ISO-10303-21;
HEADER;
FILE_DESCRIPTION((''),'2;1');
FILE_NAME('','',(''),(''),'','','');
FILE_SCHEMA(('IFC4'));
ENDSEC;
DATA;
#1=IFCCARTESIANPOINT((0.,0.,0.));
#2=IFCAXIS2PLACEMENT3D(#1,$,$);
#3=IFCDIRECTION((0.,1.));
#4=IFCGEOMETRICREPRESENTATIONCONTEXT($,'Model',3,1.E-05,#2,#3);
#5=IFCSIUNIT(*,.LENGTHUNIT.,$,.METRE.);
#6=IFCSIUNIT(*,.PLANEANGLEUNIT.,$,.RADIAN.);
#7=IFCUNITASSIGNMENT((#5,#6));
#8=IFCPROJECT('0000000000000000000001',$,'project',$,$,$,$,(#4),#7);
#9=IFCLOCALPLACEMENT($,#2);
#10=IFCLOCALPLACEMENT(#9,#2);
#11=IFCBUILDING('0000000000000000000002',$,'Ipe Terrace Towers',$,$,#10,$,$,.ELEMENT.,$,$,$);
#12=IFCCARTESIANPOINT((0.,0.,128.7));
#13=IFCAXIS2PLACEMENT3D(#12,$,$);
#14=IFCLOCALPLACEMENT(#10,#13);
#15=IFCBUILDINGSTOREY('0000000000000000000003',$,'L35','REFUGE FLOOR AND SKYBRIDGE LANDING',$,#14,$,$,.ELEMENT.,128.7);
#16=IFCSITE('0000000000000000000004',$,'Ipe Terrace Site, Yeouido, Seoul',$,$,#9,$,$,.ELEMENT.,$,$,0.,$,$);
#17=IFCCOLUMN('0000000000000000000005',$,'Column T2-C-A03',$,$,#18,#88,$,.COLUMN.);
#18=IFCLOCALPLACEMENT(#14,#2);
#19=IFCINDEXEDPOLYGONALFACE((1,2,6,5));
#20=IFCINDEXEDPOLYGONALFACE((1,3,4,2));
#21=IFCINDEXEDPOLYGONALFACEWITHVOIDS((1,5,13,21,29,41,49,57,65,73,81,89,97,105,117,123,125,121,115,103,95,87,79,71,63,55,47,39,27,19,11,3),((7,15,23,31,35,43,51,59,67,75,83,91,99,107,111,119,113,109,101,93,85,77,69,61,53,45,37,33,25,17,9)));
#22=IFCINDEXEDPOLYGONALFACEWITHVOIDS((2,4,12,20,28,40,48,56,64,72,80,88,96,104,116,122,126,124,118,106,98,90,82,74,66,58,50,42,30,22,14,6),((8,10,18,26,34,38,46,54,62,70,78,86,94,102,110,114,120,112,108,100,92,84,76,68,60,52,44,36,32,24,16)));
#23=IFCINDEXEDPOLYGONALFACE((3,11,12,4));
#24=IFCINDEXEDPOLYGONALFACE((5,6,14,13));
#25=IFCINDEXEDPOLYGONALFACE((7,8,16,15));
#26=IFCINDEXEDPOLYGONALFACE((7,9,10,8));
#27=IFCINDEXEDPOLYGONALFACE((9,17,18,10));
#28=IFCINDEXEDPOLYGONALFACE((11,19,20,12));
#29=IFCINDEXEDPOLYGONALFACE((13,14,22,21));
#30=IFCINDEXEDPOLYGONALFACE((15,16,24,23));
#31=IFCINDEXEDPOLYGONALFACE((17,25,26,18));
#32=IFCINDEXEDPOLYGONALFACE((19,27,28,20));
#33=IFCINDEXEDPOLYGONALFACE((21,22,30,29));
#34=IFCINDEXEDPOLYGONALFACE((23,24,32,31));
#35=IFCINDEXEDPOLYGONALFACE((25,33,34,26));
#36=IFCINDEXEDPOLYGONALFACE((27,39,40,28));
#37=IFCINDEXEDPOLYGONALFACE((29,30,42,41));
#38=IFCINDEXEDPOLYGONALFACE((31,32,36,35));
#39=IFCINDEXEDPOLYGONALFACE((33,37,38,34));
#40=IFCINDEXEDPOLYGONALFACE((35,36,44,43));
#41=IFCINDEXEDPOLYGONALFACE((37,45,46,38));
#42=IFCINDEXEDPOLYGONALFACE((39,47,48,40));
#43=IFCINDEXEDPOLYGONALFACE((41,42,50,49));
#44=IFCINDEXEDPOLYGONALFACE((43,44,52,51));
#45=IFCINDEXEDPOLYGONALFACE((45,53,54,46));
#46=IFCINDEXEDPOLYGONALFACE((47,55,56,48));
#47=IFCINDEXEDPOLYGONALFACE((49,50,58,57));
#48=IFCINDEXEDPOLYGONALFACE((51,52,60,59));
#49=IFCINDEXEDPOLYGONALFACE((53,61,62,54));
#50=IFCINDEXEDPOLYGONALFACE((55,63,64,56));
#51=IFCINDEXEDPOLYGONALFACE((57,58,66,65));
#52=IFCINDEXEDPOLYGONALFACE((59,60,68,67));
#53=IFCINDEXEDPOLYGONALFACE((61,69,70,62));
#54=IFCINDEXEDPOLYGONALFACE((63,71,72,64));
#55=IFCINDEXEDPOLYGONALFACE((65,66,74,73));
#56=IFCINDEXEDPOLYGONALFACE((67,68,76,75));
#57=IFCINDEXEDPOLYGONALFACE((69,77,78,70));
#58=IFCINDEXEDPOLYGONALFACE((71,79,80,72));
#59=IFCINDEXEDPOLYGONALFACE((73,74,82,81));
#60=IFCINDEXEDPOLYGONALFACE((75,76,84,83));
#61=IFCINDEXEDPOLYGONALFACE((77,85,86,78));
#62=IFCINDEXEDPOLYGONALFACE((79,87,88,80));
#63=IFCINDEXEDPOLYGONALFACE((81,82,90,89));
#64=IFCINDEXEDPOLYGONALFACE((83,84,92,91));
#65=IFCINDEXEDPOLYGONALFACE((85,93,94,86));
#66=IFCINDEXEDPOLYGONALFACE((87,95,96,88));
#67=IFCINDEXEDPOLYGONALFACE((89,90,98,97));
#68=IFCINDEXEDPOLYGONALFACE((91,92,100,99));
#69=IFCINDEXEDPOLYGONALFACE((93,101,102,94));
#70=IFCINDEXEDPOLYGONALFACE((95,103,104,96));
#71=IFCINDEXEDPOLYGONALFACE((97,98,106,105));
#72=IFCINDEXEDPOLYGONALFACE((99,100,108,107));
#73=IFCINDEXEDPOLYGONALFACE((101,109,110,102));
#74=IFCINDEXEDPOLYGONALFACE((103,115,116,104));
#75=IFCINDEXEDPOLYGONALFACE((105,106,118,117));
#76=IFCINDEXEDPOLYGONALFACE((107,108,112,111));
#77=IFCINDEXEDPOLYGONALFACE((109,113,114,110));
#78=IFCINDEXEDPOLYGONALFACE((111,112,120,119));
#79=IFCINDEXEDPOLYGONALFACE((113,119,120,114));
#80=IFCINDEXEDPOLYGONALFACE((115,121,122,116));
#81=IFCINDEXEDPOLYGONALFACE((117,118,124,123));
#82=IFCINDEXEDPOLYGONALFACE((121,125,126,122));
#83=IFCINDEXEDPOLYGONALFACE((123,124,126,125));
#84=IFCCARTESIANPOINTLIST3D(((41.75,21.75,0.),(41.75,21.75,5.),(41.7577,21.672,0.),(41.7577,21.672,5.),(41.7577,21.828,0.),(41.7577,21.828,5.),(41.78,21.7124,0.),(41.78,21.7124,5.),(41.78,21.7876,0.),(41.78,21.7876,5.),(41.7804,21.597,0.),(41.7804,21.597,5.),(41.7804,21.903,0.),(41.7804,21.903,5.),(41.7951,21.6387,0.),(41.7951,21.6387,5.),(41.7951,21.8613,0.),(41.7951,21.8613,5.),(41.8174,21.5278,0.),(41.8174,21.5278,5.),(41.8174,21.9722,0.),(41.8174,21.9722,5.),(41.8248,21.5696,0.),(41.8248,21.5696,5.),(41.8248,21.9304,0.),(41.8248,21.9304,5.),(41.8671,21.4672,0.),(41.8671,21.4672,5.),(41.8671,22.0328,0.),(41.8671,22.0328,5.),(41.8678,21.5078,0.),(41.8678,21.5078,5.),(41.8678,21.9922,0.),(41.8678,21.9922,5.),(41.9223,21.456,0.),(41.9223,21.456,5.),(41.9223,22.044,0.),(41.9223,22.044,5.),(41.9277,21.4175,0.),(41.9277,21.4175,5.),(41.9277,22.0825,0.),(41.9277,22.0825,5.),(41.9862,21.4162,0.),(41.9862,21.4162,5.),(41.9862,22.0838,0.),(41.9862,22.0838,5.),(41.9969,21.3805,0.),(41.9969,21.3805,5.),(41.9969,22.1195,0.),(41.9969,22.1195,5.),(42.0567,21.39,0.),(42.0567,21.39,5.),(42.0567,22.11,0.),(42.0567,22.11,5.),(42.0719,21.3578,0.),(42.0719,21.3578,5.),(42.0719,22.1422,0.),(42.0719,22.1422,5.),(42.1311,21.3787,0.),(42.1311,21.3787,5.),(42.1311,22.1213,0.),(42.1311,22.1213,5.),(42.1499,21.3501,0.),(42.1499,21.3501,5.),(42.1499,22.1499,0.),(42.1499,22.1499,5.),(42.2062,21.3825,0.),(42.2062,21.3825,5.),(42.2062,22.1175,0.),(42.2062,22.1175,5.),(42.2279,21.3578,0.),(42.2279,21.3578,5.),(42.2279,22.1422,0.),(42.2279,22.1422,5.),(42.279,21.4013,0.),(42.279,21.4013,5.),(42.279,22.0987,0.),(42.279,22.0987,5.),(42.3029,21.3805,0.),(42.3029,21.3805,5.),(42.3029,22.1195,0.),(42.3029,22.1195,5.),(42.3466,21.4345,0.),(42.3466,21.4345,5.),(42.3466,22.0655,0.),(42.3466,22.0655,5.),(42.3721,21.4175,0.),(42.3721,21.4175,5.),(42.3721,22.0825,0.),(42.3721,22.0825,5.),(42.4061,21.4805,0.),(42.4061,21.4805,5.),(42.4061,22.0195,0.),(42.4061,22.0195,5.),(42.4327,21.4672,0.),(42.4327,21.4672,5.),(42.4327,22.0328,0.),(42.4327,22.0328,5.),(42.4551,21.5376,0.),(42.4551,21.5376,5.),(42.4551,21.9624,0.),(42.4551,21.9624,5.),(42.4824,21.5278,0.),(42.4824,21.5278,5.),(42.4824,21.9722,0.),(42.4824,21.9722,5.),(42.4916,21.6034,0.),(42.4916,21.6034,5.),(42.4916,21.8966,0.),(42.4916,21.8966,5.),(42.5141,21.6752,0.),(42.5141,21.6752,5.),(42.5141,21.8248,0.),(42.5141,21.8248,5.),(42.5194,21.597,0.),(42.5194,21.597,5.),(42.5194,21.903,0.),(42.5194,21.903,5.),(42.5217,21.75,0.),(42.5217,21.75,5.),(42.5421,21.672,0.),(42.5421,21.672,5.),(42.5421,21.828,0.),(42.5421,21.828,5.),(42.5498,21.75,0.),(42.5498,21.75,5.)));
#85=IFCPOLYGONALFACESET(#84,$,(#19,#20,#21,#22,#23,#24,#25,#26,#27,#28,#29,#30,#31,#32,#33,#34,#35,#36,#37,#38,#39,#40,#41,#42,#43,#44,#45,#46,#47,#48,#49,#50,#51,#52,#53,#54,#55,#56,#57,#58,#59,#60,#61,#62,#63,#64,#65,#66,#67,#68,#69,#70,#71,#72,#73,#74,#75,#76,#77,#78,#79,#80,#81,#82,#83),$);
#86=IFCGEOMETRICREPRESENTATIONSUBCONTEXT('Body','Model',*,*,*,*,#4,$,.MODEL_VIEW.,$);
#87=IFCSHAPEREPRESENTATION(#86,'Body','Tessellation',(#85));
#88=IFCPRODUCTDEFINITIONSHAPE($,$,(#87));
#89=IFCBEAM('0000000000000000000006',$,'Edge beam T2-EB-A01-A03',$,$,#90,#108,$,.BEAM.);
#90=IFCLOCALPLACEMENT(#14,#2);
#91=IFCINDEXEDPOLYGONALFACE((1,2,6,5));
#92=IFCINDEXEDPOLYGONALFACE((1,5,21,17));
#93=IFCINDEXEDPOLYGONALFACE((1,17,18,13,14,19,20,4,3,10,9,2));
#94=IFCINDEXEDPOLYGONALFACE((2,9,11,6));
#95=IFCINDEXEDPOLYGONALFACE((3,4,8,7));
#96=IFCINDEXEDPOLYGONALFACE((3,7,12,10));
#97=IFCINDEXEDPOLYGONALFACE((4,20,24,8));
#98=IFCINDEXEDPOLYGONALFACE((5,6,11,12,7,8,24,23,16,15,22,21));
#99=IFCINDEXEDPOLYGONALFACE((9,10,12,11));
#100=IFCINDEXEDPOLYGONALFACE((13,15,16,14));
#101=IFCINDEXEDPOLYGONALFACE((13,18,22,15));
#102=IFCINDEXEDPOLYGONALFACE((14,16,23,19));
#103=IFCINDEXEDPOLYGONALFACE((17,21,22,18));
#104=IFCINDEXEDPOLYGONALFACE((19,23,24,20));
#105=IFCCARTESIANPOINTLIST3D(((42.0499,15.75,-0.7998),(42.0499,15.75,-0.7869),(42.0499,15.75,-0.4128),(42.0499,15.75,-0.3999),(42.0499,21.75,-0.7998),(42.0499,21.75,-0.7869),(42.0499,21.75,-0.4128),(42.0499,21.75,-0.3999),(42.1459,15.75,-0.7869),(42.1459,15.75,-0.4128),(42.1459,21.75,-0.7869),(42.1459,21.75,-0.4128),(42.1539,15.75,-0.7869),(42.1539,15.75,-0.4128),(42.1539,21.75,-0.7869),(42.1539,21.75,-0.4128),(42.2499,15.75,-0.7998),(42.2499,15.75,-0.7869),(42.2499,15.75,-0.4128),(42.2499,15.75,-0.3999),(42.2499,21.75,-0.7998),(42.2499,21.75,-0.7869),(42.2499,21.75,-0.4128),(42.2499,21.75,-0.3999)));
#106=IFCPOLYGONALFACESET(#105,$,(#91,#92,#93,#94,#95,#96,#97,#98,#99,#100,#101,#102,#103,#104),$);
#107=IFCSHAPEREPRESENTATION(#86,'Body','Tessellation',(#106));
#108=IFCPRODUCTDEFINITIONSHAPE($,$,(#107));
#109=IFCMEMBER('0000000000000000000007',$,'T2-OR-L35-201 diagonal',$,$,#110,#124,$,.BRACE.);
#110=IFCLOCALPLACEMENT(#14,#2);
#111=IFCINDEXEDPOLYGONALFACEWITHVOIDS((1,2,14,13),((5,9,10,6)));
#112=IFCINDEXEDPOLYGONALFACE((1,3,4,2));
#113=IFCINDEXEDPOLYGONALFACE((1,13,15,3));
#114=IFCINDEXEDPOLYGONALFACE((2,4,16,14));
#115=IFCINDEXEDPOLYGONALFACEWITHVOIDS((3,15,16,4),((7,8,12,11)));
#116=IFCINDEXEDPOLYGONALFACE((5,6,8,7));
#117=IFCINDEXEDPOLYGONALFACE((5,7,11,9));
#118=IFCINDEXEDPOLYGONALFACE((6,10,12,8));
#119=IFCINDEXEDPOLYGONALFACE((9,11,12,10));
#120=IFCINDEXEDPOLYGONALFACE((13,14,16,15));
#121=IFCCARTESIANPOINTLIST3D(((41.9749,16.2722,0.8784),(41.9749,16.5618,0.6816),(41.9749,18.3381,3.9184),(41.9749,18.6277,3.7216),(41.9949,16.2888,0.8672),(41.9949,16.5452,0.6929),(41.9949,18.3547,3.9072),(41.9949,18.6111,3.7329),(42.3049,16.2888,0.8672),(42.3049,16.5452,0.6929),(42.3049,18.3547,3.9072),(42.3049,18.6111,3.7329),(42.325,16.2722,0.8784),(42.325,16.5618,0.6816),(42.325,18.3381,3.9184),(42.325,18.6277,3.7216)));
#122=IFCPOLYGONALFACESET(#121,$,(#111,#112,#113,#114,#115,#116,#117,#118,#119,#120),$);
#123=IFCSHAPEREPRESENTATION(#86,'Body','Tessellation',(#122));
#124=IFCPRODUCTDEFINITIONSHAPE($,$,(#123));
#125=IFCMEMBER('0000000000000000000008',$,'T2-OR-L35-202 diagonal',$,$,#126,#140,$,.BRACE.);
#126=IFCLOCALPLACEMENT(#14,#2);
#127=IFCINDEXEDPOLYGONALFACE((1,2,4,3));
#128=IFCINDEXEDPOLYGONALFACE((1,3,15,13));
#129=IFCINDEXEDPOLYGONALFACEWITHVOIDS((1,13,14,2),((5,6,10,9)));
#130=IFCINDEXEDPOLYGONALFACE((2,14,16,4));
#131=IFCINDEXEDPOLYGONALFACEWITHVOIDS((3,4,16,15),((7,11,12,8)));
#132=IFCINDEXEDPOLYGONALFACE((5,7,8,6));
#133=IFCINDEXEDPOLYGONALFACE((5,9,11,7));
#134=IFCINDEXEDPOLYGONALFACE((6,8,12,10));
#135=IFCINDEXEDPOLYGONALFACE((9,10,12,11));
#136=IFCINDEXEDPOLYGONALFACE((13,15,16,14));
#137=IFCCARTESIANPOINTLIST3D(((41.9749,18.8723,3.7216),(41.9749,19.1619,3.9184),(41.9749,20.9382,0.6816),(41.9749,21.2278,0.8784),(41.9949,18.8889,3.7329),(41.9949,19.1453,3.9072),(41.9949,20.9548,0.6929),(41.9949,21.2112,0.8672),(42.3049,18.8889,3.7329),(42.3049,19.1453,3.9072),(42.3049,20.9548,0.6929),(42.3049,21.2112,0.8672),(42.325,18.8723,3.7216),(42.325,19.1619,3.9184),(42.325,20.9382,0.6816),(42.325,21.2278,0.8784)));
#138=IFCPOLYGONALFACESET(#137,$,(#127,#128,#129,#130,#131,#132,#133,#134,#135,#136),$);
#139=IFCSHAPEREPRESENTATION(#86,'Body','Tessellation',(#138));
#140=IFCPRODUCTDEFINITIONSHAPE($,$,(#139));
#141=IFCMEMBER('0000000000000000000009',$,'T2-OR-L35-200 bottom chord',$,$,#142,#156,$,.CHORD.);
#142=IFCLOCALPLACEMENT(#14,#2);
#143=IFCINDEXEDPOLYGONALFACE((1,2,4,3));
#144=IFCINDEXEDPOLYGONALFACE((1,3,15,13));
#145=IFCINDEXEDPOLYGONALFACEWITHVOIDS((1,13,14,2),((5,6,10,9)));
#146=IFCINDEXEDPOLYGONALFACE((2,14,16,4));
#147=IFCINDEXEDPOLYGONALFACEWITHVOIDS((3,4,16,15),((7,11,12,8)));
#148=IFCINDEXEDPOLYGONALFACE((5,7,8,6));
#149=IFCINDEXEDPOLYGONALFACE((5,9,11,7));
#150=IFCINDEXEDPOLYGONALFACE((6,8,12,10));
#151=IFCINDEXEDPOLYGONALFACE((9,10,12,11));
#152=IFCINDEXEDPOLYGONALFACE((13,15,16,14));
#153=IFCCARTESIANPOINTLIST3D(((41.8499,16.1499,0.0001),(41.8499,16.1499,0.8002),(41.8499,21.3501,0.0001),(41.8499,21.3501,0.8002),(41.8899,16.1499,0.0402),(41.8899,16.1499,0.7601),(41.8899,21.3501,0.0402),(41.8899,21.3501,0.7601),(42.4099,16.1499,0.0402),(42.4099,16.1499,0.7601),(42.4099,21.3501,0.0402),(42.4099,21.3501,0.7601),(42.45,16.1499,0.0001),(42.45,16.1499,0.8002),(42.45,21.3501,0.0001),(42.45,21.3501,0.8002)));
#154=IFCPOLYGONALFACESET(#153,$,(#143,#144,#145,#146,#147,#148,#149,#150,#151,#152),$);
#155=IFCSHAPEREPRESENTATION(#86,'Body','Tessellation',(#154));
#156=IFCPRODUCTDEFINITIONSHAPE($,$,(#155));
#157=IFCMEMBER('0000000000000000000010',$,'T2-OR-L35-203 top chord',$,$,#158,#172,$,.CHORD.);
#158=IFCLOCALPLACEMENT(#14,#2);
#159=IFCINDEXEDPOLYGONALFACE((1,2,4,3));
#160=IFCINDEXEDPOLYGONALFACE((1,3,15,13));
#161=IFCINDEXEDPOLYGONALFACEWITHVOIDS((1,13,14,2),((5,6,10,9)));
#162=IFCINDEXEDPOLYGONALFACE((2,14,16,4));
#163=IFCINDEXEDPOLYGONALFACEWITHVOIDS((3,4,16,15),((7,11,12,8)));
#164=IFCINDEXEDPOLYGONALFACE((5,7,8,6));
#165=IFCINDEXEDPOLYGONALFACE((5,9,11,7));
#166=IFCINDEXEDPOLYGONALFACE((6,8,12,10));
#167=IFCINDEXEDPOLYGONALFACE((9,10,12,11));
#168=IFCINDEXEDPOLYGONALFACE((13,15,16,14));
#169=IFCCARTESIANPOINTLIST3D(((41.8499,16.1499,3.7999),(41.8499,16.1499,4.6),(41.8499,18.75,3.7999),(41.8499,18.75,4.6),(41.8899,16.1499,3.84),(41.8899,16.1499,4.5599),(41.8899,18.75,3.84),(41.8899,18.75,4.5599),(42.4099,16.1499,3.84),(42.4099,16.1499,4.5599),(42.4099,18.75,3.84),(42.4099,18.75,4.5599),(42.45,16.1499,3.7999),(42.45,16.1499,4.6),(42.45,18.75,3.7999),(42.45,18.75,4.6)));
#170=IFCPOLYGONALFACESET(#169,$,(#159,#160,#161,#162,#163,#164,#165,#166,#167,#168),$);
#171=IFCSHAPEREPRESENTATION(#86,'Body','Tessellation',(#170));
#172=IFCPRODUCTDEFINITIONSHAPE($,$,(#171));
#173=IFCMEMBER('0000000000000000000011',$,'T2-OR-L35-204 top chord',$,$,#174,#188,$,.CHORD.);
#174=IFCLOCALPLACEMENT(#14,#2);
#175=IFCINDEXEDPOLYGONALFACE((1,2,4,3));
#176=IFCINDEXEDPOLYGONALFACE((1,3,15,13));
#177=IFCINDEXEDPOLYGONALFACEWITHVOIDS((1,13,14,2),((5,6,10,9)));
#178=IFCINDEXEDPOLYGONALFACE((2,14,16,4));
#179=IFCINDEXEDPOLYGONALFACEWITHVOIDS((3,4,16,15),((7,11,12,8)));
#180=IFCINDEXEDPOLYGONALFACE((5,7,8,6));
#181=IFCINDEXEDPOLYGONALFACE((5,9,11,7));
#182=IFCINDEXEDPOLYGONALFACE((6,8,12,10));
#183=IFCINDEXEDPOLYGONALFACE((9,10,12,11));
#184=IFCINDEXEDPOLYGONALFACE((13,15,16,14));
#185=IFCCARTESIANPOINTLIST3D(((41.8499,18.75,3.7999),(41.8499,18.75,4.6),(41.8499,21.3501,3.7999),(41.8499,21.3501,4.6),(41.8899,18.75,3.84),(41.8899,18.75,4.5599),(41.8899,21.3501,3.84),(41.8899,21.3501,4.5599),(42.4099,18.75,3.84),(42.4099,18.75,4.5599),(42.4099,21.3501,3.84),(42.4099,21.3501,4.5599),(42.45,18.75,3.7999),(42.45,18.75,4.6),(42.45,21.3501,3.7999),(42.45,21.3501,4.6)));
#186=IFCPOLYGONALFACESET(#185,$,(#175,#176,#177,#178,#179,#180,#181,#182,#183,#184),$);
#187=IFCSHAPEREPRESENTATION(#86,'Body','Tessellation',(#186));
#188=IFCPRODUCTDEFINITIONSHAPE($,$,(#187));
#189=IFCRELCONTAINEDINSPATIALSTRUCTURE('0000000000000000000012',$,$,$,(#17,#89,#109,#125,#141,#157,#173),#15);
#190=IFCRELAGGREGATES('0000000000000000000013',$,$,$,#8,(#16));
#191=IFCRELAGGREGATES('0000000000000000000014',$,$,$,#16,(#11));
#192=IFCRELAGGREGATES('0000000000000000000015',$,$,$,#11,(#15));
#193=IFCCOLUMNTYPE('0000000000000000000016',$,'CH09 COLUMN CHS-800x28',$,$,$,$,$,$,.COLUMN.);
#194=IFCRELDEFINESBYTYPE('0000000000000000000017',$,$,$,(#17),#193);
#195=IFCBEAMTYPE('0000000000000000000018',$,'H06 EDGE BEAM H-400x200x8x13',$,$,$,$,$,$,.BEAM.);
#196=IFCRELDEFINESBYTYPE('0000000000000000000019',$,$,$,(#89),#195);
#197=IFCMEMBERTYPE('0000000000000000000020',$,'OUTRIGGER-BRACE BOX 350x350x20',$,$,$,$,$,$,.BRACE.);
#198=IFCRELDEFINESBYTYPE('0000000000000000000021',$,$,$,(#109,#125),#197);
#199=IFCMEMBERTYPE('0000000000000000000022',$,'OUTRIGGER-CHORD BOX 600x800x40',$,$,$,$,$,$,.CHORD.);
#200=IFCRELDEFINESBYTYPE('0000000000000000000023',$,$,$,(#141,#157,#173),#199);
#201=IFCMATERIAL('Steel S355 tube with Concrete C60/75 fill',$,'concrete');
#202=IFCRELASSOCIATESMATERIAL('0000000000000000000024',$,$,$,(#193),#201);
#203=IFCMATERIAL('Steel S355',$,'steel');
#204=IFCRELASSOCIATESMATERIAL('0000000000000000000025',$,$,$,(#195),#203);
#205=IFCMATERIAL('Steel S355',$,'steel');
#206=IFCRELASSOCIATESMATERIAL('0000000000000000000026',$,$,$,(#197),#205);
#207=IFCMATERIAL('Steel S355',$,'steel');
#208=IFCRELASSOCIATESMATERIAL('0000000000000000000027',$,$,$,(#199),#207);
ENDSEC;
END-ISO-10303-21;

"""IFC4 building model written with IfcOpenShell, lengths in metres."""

from ifc_helpers import new_model, si_unit, direction, frame, origin, origin_2d, place, context, subcontext, project, spatial, hollow_rectangle, hollow_circle, i_section, extrude, material, material_profile, profile_set, type_object, element, save


model = new_model("IFC4")

# Units and contexts
model_context = context("Model", 3, precision=1e-05, world=origin(), true_north=direction((0.0, 1.0)))
body_context = subcontext(model_context, "Body", "Model", "MODEL_VIEW")
ifc_project = project(units=[si_unit("LENGTHUNIT", "METRE"), si_unit("PLANEANGLEUNIT", "RADIAN")], contexts=[model_context])

# Site, building, storey
site_placement = place(None, origin())
site = spatial("IfcSite", under=ifc_project, at=site_placement, Name="Ipe Terrace Site, Yeouido, Seoul", CompositionType="ELEMENT", RefElevation=0.0)
building_placement = place(site_placement, origin())
building = spatial("IfcBuilding", under=site, at=building_placement, Name="Ipe Terrace Towers", CompositionType="ELEMENT")
storey_placement = place(building_placement, frame((0.0, 0.0, 128.7)))
storey = spatial("IfcBuildingStorey", under=building, at=storey_placement, Name="L35", Description="REFUGE FLOOR AND SKYBRIDGE LANDING", CompositionType="ELEMENT", Elevation=128.7)

# Column
ifc_material_1 = material(Name="Steel S355 tube with Concrete C60/75 fill", Category="concrete")
ifc_material_profile_1 = material_profile(ifc_material_1, hollow_circle(Radius=0.3999, WallThickness=0.0281, at=origin_2d()), Name="CHS-800x28")
ifc_profile_set_1 = profile_set([ifc_material_profile_1], Name="Steel S355 tube with Concrete C60/75 fill")
column_type = type_object("IfcColumnType", Name="CH09 COLUMN CHS-800x28", PredefinedType="COLUMN", material=ifc_profile_set_1)
column_placement = place(storey_placement, frame((42.1499, 21.75, 0.0), z_axis=(0.0, 0.0, 1.0), x_axis=(1.0, 0.0, 0.0)))
element("IfcColumn", 1, at=column_placement, inside=storey, type_object=column_type, Name="Column T2-C-A03", PredefinedType="COLUMN", context=body_context, shape_type="SweptSolid", body=[
    extrude(hollow_circle(Radius=0.3999, WallThickness=0.0281, at=origin_2d()), origin(), (0.0, 0.0, 1.0), 5.0),
])

# Beam
ifc_material_2 = material(Name="Steel S355", Category="steel")
ifc_material_profile_2 = material_profile(ifc_material_2, i_section(OverallWidth=0.2, OverallDepth=0.3999, WebThickness=0.0081, FlangeThickness=0.0129, at=origin_2d()), Name="H-400x200x8x13")
ifc_profile_set_2 = profile_set([ifc_material_profile_2], Name="Steel S355")
beam_type = type_object("IfcBeamType", Name="H06 EDGE BEAM H-400x200x8x13", PredefinedType="BEAM", material=ifc_profile_set_2)
beam_placement = place(storey_placement, frame((42.1499, 15.75, -0.5999), z_axis=(0.0, 1.0, 0.0), x_axis=(-1.0, 0.0, 0.0)))
element("IfcBeam", 2, at=beam_placement, inside=storey, type_object=beam_type, Name="Edge beam T2-EB-A01-A03", PredefinedType="BEAM", context=body_context, shape_type="SweptSolid", body=[
    extrude(i_section(OverallWidth=0.2, OverallDepth=0.3999, WebThickness=0.0081, FlangeThickness=0.0129, at=origin_2d()), origin(), (0.0, 0.0, 1.0), 6.0),
])

# Members
ifc_material_3 = material(Name="Steel S355", Category="steel")
ifc_material_profile_3 = material_profile(ifc_material_3, hollow_rectangle(XDim=0.3501, YDim=0.3501, WallThickness=0.02, at=origin_2d()), Name="OUTRIGGER-BRACE BOX 350x350x20")
ifc_profile_set_3 = profile_set([ifc_material_profile_3], Name="Steel S355")
member_type_1 = type_object("IfcMemberType", Name="OUTRIGGER-BRACE BOX 350x350x20", PredefinedType="BRACE", material=ifc_profile_set_3)
for number, where, z_axis, x_axis, name in (
    (3, (42.1499, 16.417, 0.78), (0.0, 0.562067, 0.827092), (-1.0, 0.0, 0.0), "T2-OR-L35-201 diagonal"),
    (4, (42.1499, 21.083, 0.78), (0.0, -0.562067, 0.827092), (1.0, 0.0, 0.0), "T2-OR-L35-202 diagonal"),
):
    element("IfcMember", number, at=place(storey_placement, frame(where, z_axis=z_axis, x_axis=x_axis)), inside=storey, type_object=member_type_1, Name=name, PredefinedType="BRACE", context=body_context, shape_type="SweptSolid", body=[
        extrude(hollow_rectangle(XDim=0.3501, YDim=0.3501, WallThickness=0.02, at=origin_2d()), origin(), (0.0, 0.0, 1.0), 3.6755),
    ])
ifc_material_4 = material(Name="Steel S355", Category="steel")
ifc_material_profile_4 = material_profile(ifc_material_4, hollow_rectangle(XDim=0.6001, YDim=0.8, WallThickness=0.04, at=origin_2d()), Name="OUTRIGGER-CHORD BOX 600x800x40")
ifc_profile_set_4 = profile_set([ifc_material_profile_4], Name="Steel S355")
member_type_2 = type_object("IfcMemberType", Name="OUTRIGGER-CHORD BOX 600x800x40", PredefinedType="CHORD", material=ifc_profile_set_4)
member_1_placement = place(storey_placement, frame((42.1499, 16.1499, 0.4001), z_axis=(0.0, 1.0, 0.0), x_axis=(-1.0, 0.0, 0.0)))
element("IfcMember", 5, at=member_1_placement, inside=storey, type_object=member_type_2, Name="T2-OR-L35-200 bottom chord", PredefinedType="CHORD", context=body_context, shape_type="SweptSolid", body=[
    extrude(hollow_rectangle(XDim=0.6001, YDim=0.8, WallThickness=0.04, at=origin_2d()), origin(), (0.0, 0.0, 1.0), 5.2002),
])
for number, where, z_axis, x_axis, name in (
    (6, (42.1499, 16.1499, 4.2), (0.0, 1.0, 0.0), (-1.0, 0.0, 0.0), "T2-OR-L35-203 top chord"),
    (7, (42.1499, 18.75, 4.2), (0.0, 1.0, 0.0), (-1.0, 0.0, 0.0), "T2-OR-L35-204 top chord"),
):
    element("IfcMember", number, at=place(storey_placement, frame(where, z_axis=z_axis, x_axis=x_axis)), inside=storey, type_object=member_type_2, Name=name, PredefinedType="CHORD", context=body_context, shape_type="SweptSolid", body=[
        extrude(hollow_rectangle(XDim=0.6001, YDim=0.8, WallThickness=0.04, at=origin_2d()), origin(), (0.0, 0.0, 1.0), 2.6001),
    ])

save(model, "model.ifc")
